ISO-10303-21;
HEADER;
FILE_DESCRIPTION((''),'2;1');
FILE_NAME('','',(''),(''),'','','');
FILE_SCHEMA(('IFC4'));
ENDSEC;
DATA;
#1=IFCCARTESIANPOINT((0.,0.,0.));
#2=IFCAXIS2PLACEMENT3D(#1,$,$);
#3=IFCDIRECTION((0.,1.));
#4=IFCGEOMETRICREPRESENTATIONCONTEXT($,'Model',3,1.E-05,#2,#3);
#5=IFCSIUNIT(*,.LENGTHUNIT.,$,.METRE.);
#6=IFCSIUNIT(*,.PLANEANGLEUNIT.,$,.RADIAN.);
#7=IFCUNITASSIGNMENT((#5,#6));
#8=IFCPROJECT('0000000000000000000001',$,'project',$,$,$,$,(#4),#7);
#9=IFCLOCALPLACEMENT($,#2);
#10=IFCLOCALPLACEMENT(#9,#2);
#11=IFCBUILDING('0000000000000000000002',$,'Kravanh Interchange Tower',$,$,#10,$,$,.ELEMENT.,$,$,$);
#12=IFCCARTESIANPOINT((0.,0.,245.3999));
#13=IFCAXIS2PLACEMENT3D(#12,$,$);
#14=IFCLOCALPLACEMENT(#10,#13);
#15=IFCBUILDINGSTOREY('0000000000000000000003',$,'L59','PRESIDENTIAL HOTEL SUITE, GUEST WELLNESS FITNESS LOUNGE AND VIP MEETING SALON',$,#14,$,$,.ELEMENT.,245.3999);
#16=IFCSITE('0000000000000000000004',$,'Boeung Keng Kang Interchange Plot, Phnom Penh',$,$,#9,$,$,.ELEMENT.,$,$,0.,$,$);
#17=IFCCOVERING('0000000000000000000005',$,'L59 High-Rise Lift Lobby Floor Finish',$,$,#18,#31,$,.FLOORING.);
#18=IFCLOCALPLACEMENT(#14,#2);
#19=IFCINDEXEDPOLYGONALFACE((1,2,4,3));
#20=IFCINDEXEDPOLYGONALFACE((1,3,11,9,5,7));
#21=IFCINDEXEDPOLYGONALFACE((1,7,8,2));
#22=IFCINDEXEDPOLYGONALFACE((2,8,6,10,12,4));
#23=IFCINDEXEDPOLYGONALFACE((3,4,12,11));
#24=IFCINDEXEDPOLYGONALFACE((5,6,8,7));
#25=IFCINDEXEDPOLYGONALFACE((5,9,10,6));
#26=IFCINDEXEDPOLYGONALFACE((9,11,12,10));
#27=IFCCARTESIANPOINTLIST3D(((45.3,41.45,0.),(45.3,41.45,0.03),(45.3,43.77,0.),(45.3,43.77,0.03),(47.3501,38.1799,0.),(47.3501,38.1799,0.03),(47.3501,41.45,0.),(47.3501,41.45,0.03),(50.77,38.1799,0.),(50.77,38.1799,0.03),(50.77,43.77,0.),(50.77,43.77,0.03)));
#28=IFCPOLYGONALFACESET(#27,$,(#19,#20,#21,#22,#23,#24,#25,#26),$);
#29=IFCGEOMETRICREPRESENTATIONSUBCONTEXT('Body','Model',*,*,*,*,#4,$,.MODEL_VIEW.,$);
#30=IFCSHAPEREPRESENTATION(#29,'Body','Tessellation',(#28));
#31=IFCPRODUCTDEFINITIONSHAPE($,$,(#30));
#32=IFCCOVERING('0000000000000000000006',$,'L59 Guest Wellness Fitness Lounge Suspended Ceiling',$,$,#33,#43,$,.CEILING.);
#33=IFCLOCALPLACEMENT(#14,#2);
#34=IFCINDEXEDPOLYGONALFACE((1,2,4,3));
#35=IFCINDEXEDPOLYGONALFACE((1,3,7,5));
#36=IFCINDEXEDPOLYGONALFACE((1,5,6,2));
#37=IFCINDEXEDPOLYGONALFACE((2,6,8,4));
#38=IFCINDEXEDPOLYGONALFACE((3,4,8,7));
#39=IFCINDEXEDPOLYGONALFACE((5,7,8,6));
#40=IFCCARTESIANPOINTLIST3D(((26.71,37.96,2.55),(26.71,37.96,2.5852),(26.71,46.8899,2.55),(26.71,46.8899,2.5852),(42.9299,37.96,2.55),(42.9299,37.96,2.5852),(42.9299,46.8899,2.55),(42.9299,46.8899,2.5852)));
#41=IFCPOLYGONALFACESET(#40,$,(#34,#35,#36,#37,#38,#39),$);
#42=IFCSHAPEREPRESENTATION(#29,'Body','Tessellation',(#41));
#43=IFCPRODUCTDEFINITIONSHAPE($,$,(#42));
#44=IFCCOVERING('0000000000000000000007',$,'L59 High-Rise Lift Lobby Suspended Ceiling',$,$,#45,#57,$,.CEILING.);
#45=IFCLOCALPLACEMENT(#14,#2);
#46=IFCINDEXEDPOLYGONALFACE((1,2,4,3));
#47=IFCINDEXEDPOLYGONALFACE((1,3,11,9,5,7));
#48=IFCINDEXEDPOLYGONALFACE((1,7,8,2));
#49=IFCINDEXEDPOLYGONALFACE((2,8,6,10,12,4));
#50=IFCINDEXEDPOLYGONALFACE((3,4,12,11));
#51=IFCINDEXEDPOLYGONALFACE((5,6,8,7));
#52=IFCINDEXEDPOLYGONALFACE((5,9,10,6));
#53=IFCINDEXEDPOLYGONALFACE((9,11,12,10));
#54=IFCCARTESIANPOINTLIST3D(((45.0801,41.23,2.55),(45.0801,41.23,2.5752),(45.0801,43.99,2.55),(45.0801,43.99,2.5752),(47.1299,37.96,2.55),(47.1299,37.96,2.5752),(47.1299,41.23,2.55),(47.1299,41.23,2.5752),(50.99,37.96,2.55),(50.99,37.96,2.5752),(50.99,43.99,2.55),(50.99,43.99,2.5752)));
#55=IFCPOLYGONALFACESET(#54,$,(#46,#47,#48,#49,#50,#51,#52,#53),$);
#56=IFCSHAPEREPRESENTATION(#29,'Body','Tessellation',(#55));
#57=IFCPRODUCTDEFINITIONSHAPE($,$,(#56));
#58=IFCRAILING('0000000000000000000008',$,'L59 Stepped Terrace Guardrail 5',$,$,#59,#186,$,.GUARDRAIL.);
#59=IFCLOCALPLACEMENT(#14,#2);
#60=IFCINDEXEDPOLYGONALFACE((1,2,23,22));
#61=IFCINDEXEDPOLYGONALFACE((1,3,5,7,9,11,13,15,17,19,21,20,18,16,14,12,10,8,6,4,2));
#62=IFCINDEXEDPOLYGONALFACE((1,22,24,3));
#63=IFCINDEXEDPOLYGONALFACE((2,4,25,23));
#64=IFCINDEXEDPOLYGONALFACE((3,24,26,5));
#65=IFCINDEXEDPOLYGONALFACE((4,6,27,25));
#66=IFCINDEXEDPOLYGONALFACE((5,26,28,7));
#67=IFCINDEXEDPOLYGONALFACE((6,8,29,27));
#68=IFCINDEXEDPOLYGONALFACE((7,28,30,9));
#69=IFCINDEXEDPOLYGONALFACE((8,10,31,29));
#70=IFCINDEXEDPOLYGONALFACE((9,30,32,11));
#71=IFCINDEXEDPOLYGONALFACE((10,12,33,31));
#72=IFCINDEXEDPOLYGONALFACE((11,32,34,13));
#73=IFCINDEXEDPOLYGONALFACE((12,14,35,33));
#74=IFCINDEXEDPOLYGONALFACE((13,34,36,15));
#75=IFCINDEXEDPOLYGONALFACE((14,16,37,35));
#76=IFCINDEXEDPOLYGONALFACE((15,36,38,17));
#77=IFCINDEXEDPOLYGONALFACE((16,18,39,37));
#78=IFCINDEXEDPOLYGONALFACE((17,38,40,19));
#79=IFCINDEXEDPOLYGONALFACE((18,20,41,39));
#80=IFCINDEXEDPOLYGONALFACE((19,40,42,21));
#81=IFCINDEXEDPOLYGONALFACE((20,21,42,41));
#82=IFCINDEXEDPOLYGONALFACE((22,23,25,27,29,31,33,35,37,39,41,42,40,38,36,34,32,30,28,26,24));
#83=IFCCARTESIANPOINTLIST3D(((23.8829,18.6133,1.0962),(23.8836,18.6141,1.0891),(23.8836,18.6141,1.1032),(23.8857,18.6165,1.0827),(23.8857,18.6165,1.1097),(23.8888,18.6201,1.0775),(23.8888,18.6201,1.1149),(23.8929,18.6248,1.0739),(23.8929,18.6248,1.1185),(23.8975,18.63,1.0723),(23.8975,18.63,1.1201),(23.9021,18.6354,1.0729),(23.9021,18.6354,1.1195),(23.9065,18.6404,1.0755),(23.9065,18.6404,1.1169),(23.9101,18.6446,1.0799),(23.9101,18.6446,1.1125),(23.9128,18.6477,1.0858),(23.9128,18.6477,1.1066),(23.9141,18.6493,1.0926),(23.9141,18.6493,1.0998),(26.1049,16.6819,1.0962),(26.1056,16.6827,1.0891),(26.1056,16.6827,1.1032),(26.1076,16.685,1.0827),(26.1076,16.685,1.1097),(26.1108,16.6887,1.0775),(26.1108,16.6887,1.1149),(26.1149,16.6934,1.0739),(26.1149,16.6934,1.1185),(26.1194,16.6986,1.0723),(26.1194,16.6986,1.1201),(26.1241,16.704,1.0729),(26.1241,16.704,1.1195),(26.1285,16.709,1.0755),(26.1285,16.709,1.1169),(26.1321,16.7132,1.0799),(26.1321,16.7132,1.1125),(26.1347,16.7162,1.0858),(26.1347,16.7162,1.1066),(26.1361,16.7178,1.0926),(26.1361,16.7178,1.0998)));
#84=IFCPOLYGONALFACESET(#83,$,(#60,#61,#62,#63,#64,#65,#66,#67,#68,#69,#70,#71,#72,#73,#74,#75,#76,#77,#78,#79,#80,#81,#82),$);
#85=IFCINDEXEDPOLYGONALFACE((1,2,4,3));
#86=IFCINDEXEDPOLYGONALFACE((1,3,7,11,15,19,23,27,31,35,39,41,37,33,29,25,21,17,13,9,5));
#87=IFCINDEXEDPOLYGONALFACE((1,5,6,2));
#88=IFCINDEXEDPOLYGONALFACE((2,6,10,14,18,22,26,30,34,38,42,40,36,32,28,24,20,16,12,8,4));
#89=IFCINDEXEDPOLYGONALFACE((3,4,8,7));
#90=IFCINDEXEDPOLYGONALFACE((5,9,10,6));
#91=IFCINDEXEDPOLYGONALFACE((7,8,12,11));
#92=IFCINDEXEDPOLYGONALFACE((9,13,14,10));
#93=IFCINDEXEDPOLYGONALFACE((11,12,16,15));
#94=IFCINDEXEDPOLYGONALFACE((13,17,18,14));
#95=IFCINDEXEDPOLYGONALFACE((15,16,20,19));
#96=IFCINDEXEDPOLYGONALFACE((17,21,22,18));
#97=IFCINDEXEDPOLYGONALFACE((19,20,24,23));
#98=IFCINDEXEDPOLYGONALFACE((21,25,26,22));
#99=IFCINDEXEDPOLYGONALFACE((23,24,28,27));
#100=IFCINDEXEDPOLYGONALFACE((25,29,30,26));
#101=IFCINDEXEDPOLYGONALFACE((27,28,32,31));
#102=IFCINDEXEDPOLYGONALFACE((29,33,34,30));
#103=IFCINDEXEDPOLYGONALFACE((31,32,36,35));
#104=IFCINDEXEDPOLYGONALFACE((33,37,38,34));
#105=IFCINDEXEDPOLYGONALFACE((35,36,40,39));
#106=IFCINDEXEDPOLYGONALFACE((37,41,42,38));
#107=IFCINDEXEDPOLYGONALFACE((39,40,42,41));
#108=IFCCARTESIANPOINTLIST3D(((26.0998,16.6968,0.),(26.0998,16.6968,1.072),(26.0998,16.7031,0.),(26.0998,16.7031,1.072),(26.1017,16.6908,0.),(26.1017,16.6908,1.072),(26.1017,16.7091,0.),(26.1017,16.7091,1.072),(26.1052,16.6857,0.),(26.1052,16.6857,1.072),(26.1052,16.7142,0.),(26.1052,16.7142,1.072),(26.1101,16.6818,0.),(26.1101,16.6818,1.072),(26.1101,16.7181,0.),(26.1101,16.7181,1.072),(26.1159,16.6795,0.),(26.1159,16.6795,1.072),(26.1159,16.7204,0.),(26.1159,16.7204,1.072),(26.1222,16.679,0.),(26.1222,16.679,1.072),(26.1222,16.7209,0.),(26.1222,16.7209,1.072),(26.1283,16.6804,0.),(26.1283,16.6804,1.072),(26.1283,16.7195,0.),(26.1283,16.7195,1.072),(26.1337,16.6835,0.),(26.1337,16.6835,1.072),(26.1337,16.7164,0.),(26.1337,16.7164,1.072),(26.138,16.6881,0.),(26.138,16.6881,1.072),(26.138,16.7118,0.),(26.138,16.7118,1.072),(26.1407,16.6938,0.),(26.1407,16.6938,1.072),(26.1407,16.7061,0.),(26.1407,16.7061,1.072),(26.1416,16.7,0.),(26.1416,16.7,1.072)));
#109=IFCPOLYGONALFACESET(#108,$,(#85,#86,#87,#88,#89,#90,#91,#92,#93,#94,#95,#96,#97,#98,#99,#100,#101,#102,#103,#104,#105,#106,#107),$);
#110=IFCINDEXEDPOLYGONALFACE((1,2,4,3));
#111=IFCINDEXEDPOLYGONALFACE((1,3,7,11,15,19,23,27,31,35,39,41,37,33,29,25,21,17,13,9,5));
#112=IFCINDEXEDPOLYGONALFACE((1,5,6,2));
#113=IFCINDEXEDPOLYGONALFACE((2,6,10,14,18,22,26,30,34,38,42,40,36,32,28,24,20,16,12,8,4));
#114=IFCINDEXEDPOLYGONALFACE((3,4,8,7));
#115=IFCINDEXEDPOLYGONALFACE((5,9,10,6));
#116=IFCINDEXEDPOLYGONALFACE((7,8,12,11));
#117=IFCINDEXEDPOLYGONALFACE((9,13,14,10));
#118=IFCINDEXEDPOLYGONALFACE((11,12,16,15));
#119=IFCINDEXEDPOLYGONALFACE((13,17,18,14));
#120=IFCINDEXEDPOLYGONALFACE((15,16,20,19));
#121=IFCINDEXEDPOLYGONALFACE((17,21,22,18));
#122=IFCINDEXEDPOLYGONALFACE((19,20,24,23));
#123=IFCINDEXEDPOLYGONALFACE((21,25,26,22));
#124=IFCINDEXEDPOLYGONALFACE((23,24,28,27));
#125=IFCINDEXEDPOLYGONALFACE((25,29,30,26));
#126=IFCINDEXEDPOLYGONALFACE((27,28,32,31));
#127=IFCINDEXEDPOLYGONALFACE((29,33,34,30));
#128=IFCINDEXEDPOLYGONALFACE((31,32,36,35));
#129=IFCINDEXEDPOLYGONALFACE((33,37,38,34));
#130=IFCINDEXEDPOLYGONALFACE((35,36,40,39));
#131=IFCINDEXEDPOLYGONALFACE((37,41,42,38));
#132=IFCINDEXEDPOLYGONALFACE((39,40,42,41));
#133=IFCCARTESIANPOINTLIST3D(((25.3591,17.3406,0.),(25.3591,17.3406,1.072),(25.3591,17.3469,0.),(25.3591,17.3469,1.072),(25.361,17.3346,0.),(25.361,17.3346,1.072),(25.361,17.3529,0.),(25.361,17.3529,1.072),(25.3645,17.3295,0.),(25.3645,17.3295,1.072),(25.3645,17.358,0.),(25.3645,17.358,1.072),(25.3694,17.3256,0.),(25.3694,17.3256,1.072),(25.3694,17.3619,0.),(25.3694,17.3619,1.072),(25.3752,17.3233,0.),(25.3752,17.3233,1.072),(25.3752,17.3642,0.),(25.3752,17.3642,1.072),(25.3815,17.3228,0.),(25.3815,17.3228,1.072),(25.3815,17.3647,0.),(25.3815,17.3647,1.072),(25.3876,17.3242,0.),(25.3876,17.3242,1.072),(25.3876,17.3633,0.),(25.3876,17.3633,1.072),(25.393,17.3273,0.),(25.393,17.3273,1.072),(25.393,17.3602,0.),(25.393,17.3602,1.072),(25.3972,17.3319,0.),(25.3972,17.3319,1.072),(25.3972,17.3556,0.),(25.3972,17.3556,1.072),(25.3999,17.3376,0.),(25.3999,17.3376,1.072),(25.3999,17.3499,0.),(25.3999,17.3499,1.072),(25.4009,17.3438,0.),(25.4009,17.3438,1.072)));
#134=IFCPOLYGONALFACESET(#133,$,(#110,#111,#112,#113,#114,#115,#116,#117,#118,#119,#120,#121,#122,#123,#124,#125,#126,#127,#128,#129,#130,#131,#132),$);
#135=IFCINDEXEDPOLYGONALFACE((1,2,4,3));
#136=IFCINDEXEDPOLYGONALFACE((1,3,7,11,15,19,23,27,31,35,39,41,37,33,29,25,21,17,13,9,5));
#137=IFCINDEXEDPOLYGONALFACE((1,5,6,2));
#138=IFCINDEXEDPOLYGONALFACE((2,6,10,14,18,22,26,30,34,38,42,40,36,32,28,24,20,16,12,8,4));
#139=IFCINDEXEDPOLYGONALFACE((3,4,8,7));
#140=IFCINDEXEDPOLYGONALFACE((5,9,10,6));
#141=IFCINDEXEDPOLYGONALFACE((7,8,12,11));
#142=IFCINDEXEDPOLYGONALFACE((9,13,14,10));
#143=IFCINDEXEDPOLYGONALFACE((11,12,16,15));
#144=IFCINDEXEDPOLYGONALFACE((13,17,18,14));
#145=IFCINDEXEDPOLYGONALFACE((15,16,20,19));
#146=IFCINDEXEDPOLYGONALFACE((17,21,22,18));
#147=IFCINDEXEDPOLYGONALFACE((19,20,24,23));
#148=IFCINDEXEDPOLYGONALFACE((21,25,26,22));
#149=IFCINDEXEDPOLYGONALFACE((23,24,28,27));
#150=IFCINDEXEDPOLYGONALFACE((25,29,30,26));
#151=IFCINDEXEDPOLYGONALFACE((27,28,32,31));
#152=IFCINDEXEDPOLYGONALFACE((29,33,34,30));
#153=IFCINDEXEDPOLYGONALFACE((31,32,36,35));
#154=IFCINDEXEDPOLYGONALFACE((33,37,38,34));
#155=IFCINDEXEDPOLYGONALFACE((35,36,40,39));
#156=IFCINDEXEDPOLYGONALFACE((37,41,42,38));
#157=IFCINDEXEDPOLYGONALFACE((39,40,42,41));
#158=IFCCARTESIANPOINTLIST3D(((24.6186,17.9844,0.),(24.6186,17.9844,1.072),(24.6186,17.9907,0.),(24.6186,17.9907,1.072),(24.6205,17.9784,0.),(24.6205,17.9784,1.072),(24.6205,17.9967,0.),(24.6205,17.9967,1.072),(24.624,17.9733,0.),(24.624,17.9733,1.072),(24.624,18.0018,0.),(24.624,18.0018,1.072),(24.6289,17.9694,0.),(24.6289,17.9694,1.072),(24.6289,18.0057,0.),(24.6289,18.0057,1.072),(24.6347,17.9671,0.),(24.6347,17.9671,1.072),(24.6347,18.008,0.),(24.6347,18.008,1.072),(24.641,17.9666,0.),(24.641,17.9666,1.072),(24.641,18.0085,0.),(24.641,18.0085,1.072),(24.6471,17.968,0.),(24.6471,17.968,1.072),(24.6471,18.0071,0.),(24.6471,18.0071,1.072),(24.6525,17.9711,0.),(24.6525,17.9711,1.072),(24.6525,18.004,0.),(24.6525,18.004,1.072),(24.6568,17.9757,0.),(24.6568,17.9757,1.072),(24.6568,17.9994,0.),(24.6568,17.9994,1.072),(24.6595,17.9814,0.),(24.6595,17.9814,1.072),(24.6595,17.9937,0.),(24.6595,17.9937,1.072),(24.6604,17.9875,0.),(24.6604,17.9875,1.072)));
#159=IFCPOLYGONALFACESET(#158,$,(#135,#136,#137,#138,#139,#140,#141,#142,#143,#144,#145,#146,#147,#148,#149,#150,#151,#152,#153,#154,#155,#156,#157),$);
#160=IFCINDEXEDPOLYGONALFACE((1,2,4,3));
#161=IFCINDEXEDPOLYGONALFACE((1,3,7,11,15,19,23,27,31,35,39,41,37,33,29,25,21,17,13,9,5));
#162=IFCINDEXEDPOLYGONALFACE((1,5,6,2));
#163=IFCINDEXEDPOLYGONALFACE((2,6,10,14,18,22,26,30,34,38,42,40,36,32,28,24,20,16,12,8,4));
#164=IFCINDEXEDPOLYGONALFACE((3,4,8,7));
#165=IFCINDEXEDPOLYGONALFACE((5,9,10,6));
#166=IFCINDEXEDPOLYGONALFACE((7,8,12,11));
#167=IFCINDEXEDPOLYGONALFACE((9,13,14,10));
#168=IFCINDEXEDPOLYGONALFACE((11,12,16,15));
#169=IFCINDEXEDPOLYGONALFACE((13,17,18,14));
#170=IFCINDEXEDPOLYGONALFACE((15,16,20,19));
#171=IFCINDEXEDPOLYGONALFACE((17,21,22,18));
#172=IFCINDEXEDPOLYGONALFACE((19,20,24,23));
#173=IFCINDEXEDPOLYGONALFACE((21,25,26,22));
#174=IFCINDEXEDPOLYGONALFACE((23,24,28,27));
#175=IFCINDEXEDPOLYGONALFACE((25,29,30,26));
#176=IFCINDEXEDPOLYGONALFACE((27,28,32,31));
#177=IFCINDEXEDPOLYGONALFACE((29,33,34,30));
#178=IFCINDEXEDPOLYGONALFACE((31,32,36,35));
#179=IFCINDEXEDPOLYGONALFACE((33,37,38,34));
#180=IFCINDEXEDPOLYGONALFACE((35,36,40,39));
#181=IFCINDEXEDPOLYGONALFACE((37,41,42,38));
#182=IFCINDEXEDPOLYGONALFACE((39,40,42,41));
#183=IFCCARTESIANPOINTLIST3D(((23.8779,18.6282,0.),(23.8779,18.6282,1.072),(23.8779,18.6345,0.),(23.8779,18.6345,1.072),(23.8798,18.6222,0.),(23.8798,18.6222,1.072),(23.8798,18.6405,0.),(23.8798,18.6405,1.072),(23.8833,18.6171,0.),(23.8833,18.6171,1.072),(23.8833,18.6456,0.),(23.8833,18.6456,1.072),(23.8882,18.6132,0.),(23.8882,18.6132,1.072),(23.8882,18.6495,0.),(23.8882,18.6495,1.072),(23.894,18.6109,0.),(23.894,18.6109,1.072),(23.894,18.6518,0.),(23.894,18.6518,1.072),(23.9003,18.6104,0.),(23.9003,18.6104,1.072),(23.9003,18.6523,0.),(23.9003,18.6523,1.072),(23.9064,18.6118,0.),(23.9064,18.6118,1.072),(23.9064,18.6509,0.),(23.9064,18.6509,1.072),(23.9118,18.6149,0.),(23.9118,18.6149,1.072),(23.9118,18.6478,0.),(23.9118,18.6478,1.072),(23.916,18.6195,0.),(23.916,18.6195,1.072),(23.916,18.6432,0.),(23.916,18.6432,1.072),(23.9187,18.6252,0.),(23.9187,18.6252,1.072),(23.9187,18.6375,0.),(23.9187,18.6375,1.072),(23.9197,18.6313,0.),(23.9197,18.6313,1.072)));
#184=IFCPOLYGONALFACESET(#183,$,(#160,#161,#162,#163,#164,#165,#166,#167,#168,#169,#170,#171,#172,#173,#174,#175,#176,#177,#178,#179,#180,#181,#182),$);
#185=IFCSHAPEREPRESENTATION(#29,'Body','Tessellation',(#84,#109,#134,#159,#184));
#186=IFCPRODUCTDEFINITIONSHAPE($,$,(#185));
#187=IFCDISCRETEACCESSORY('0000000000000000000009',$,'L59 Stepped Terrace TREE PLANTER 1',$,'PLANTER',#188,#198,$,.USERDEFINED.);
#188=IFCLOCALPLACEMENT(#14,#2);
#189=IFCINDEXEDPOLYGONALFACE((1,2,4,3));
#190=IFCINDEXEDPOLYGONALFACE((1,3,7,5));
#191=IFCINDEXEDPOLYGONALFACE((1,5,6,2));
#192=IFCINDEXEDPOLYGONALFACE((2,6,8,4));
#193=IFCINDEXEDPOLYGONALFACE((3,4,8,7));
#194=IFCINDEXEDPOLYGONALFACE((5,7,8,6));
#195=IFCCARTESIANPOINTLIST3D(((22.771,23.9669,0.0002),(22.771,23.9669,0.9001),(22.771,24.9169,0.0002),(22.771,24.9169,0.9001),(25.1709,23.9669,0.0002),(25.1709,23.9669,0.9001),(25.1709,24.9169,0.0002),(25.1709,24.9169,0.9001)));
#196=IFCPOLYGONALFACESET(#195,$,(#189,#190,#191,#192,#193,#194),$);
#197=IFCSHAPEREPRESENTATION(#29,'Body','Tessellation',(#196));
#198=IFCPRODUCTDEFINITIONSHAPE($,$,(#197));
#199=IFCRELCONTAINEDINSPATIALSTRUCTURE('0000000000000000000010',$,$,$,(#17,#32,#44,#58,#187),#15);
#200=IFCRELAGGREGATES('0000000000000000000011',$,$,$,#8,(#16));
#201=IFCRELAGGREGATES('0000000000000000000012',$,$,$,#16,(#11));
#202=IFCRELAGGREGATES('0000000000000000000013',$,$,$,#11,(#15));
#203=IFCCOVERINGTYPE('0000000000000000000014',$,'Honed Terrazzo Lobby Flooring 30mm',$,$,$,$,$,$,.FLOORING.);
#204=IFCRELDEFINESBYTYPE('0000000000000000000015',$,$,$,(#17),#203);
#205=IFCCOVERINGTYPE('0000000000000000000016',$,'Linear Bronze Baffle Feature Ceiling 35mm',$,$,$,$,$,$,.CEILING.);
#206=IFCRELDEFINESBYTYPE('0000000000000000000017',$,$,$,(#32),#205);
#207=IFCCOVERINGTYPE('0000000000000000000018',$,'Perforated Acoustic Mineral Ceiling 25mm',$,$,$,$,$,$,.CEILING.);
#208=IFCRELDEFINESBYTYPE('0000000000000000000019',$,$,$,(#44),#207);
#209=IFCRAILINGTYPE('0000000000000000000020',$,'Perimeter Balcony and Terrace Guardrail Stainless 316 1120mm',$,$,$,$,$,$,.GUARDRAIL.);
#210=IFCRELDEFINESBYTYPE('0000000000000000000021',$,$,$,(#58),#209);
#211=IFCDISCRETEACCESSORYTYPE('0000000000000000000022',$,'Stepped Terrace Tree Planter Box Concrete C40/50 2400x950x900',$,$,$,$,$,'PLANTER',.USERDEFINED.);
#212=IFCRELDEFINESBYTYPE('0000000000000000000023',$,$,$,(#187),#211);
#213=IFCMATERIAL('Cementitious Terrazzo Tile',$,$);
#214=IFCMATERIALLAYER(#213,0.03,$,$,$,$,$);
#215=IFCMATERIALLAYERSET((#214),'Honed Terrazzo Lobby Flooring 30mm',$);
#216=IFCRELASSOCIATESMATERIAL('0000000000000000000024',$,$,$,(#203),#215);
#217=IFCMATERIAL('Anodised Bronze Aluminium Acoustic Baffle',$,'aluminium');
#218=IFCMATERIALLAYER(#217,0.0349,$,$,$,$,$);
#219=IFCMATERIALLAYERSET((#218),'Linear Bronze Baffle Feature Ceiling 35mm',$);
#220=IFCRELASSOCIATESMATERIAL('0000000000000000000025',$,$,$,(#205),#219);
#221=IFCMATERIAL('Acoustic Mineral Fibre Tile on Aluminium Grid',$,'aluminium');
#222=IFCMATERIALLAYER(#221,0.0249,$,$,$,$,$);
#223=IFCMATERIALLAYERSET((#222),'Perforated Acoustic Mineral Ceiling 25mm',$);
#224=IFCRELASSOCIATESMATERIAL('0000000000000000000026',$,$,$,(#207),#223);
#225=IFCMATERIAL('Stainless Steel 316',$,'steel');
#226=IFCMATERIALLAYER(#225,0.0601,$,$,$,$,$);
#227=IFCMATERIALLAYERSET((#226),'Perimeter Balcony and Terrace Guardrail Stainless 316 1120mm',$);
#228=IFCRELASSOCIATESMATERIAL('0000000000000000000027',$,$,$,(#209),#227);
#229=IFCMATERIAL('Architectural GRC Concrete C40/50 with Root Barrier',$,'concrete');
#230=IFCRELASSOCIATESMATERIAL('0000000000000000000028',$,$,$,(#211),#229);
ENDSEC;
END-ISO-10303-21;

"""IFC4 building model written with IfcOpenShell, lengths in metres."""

from ifc_helpers import new_model, si_unit, direction, frame, origin, origin_2d, place, context, subcontext, project, spatial, polyline, rectangle, circle, outline, extrude, material, layer, layer_set, type_object, element, save


model = new_model("IFC4")

# Units and contexts
model_context = context("Model", 3, precision=1e-05, world=origin(), true_north=direction((0.0, 1.0)))
body_context = subcontext(model_context, "Body", "Model", "MODEL_VIEW")
ifc_project = project(units=[si_unit("LENGTHUNIT", "METRE"), si_unit("PLANEANGLEUNIT", "RADIAN")], contexts=[model_context])

# Site, building, storey
site_placement = place(None, origin())
site = spatial("IfcSite", under=ifc_project, at=site_placement, Name="Boeung Keng Kang Interchange Plot, Phnom Penh", CompositionType="ELEMENT", RefElevation=0.0)
building_placement = place(site_placement, origin())
building = spatial("IfcBuilding", under=site, at=building_placement, Name="Kravanh Interchange Tower", CompositionType="ELEMENT")
storey_placement = place(building_placement, frame((0.0, 0.0, 245.3999)))
storey = spatial("IfcBuildingStorey", under=building, at=storey_placement, Name="L59", Description="PRESIDENTIAL HOTEL SUITE, GUEST WELLNESS FITNESS LOUNGE AND VIP MEETING SALON", CompositionType="ELEMENT", Elevation=245.3999)

# Coverings
ifc_material_1 = material(Name="Cementitious Terrazzo Tile")
ifc_layer_1 = layer(ifc_material_1, 0.03)
ifc_layer_set_1 = layer_set([ifc_layer_1], Name="Honed Terrazzo Lobby Flooring 30mm")
covering_type_1 = type_object("IfcCoveringType", Name="Honed Terrazzo Lobby Flooring 30mm", PredefinedType="FLOORING", material=ifc_layer_set_1)
covering_1_placement = place(storey_placement, origin())
element("IfcCovering", 1, at=covering_1_placement, inside=storey, type_object=covering_type_1, Name="L59 High-Rise Lift Lobby Floor Finish", PredefinedType="FLOORING", context=body_context, shape_type="SweptSolid", body=[
    extrude(outline(polyline([(50.77, 43.77), (50.77, 38.1799), (47.3501, 38.1799), (47.3501, 41.45), (45.3, 41.45), (45.3, 43.77), (50.77, 43.77)])), origin(), (0.0, 0.0, 1.0), 0.03),
])
ifc_material_2 = material(Name="Anodised Bronze Aluminium Acoustic Baffle", Category="aluminium")
ifc_layer_2 = layer(ifc_material_2, 0.0349)
ifc_layer_set_2 = layer_set([ifc_layer_2], Name="Linear Bronze Baffle Feature Ceiling 35mm")
covering_type_2 = type_object("IfcCoveringType", Name="Linear Bronze Baffle Feature Ceiling 35mm", PredefinedType="CEILING", material=ifc_layer_set_2)
covering_2_placement = place(storey_placement, frame((0.0, 0.0, 2.55)))
element("IfcCovering", 2, at=covering_2_placement, inside=storey, type_object=covering_type_2, Name="L59 Guest Wellness Fitness Lounge Suspended Ceiling", PredefinedType="CEILING", context=body_context, shape_type="SweptSolid", body=[
    extrude(outline(polyline([(42.9299, 46.8899), (42.9299, 37.96), (26.71, 37.96), (26.71, 46.8899), (42.9299, 46.8899)])), origin(), (0.0, 0.0, 1.0), 0.0352),
])
ifc_material_3 = material(Name="Acoustic Mineral Fibre Tile on Aluminium Grid", Category="aluminium")
ifc_layer_3 = layer(ifc_material_3, 0.0249)
ifc_layer_set_3 = layer_set([ifc_layer_3], Name="Perforated Acoustic Mineral Ceiling 25mm")
covering_type_3 = type_object("IfcCoveringType", Name="Perforated Acoustic Mineral Ceiling 25mm", PredefinedType="CEILING", material=ifc_layer_set_3)
covering_3_placement = place(storey_placement, frame((0.0, 0.0, 2.55)))
element("IfcCovering", 3, at=covering_3_placement, inside=storey, type_object=covering_type_3, Name="L59 High-Rise Lift Lobby Suspended Ceiling", PredefinedType="CEILING", context=body_context, shape_type="SweptSolid", body=[
    extrude(outline(polyline([(47.1299, 37.96), (47.1299, 41.23), (45.0801, 41.23), (45.0801, 43.99), (50.99, 43.99), (50.99, 37.96), (47.1299, 37.96)])), origin(), (0.0, 0.0, 1.0), 0.0251),
])

# Railing
ifc_material_4 = material(Name="Stainless Steel 316", Category="steel")
ifc_layer_4 = layer(ifc_material_4, 0.0601)
ifc_layer_set_4 = layer_set([ifc_layer_4], Name="Perimeter Balcony and Terrace Guardrail Stainless 316 1120mm")
railing_type = type_object("IfcRailingType", Name="Perimeter Balcony and Terrace Guardrail Stainless 316 1120mm", PredefinedType="GUARDRAIL", material=ifc_layer_set_4)
railing_1_placement = place(storey_placement, frame((26.1206, 16.7, 0.0)))
element("IfcRailing", 4, at=railing_1_placement, inside=storey, type_object=railing_type, Name="L59 Stepped Terrace Guardrail 5", PredefinedType="GUARDRAIL", context=body_context, shape_type="SweptSolid", body=[
    extrude(circle(Radius=0.0239, at=origin_2d()), frame((0.0, 0.0, 1.0962), z_axis=(-0.754725, 0.656041, 0.0), x_axis=(-0.656041, -0.754725, 0.0)), (0.0, 0.0, 1.0), 2.9441),
    extrude(circle(Radius=0.021, at=origin_2d()), origin(), (0.0, 0.0, 1.0), 1.072),
    extrude(circle(Radius=0.021, at=origin_2d()), frame((-0.7407, 0.6438, 0.0)), (0.0, 0.0, 1.0), 1.072),
    extrude(circle(Radius=0.021, at=origin_2d()), frame((-1.4812, 1.2876, 0.0)), (0.0, 0.0, 1.0), 1.072),
    extrude(circle(Radius=0.021, at=origin_2d()), frame((-2.2219, 1.9314, 0.0)), (0.0, 0.0, 1.0), 1.072),
])

# Discrete accessory
ifc_material_5 = material(Name="Architectural GRC Concrete C40/50 with Root Barrier", Category="concrete")
discrete_accessory_type = type_object("IfcDiscreteAccessoryType", Name="Stepped Terrace Tree Planter Box Concrete C40/50 2400x950x900", ElementType="PLANTER", PredefinedType="USERDEFINED", material=ifc_material_5)
discrete_accessory_placement = place(storey_placement, frame((23.9709, 24.4419, 0.0002), z_axis=(0.0, 0.0, 1.0), x_axis=(1.0, 0.0, 0.0)))
element("IfcDiscreteAccessory", 5, at=discrete_accessory_placement, inside=storey, type_object=discrete_accessory_type, Name="L59 Stepped Terrace TREE PLANTER 1", ObjectType="PLANTER", PredefinedType="USERDEFINED", context=body_context, shape_type="SweptSolid", body=[
    extrude(rectangle(XDim=2.3999, YDim=0.95, at=origin_2d()), origin(), (0.0, 0.0, 1.0), 0.8999),
])

save(model, "model.ifc")
